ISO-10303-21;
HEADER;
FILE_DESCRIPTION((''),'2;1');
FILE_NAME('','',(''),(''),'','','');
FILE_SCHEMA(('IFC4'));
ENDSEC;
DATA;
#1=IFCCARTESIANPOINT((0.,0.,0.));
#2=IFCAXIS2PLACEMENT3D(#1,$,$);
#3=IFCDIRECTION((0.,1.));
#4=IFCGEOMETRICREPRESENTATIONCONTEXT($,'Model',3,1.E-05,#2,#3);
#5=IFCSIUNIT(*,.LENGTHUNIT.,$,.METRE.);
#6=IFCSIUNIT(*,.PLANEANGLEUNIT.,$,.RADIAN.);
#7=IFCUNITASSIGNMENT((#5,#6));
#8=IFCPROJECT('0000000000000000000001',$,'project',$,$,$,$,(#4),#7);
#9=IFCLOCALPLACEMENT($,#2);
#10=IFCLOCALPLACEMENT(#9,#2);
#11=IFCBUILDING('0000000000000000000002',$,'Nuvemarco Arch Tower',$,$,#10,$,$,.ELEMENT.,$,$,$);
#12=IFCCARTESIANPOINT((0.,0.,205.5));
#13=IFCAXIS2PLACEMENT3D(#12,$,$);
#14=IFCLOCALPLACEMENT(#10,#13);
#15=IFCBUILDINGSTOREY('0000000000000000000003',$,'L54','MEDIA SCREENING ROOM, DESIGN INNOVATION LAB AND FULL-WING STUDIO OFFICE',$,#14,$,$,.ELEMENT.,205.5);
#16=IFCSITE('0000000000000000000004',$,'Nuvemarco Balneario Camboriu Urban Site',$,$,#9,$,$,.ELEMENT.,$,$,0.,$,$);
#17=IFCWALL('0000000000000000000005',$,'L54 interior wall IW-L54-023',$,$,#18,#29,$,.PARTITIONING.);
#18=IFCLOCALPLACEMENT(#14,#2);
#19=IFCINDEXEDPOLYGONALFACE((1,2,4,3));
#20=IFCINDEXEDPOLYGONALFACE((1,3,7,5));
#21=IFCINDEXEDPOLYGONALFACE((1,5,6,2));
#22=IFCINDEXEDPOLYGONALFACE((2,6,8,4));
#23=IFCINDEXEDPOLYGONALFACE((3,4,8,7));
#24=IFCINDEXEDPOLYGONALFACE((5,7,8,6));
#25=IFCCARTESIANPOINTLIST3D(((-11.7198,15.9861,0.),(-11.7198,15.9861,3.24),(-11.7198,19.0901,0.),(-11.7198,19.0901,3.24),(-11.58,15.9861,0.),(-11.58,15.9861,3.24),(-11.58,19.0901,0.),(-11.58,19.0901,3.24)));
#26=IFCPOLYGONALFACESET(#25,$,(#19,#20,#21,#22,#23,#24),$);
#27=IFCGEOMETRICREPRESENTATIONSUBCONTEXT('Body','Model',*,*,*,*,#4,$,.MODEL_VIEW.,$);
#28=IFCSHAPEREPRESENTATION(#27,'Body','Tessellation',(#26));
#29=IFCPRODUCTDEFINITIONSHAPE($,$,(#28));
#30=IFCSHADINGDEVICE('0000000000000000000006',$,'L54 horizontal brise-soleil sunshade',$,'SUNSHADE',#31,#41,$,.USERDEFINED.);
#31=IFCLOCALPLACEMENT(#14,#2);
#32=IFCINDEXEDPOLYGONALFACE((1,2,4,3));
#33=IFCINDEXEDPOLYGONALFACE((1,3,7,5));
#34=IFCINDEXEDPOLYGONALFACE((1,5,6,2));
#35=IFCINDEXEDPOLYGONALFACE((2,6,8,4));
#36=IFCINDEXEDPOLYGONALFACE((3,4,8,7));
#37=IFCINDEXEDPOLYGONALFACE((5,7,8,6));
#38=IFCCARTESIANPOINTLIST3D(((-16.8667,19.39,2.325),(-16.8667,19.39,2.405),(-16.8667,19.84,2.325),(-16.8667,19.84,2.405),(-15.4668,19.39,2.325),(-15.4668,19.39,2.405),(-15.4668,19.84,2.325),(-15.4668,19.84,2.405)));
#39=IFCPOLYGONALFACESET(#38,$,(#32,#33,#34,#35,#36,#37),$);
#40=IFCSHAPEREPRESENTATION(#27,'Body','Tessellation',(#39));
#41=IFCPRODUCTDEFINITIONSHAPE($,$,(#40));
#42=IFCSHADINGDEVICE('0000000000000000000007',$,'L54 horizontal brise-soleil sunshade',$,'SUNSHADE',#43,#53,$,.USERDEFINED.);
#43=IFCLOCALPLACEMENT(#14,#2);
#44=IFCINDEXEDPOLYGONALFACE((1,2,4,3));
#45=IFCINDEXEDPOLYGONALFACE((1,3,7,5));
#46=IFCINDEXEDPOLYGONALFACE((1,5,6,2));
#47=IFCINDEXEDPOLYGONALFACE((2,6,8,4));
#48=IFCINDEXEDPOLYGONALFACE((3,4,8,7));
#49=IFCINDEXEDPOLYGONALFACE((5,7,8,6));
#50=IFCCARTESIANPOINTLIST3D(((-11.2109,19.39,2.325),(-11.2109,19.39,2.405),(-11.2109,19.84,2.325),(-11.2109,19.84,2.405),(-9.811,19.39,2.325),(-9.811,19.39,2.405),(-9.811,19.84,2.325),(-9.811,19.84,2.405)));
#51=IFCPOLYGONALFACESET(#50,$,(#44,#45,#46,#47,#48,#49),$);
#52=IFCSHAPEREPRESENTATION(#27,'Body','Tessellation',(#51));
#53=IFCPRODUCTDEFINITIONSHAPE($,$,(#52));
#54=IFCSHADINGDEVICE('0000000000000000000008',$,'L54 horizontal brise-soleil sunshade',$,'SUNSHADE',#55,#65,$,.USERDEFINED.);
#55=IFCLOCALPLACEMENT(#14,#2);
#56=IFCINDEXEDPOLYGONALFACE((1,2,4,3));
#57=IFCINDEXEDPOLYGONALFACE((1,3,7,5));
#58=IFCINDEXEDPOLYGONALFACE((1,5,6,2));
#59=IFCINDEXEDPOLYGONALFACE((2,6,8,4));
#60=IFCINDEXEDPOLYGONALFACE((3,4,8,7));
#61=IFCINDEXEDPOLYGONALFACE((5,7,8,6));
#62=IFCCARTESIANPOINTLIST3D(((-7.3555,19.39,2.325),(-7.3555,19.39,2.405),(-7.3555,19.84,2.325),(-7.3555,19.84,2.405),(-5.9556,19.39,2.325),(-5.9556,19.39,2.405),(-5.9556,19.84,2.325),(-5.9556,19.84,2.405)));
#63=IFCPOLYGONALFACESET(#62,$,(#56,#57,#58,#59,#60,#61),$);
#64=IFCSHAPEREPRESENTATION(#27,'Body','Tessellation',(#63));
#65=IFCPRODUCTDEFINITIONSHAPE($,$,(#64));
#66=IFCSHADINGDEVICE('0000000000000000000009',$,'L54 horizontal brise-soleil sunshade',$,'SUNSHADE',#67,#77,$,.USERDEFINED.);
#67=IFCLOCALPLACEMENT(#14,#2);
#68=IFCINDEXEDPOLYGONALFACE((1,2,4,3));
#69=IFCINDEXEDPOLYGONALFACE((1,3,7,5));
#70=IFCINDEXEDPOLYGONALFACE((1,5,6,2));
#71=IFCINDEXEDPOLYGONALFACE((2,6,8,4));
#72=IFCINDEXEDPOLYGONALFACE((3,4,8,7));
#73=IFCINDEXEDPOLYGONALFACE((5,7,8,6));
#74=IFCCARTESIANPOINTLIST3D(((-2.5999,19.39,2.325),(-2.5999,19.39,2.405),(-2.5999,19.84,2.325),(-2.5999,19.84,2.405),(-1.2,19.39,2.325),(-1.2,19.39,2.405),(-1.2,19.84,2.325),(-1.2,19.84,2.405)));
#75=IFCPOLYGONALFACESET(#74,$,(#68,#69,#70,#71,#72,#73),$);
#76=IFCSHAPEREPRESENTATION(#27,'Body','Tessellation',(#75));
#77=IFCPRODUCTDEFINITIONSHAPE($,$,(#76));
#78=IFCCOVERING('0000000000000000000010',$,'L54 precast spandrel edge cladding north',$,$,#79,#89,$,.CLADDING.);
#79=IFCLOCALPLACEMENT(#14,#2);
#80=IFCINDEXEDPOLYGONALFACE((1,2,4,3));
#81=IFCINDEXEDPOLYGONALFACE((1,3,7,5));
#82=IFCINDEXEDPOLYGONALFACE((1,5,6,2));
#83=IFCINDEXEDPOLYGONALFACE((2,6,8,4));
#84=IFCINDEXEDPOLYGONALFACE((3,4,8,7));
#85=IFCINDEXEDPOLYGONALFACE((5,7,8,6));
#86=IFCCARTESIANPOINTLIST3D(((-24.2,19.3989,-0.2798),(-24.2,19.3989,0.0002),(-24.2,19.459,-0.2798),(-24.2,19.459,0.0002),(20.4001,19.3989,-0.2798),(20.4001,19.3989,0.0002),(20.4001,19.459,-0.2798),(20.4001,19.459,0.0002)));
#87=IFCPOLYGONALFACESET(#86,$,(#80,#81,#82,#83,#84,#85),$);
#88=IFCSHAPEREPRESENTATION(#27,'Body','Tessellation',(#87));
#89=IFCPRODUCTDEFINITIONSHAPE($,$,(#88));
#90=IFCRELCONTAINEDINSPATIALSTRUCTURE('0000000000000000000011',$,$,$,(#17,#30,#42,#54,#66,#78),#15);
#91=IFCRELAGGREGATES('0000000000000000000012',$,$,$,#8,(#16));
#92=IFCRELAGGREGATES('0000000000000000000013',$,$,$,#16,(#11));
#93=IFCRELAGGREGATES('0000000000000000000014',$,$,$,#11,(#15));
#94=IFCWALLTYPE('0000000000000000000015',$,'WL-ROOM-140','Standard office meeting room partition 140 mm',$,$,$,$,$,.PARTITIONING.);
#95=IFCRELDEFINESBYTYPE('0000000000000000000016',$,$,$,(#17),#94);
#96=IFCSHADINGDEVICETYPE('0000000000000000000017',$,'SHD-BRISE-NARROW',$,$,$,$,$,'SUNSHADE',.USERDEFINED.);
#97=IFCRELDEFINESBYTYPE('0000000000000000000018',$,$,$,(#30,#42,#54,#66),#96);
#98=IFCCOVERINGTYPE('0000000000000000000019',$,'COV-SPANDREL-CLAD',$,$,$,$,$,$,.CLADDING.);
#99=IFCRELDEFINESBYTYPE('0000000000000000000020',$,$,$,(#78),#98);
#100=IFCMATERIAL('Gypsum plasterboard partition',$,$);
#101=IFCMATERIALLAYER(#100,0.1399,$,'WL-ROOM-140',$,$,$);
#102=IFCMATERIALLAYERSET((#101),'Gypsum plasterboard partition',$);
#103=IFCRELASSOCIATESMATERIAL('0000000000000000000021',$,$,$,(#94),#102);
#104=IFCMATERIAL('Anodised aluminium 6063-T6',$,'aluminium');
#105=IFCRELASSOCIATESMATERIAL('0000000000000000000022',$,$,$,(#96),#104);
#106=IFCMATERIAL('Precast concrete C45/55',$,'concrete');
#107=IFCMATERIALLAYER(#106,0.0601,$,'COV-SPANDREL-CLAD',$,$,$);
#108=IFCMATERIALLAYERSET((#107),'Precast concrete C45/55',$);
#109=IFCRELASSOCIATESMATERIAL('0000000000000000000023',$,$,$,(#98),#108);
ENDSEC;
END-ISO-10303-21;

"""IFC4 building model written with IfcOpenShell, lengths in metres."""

from ifc_helpers import new_model, si_unit, direction, frame, frame_2d, origin, origin_2d, place, context, subcontext, project, spatial, rectangle, extrude, source, transform, mapped, material, layer, layer_set, type_object, type_shapes, element, save


model = new_model("IFC4")

# Units and contexts
model_context = context("Model", 3, precision=1e-05, world=origin(), true_north=direction((0.0, 1.0)))
body_context = subcontext(model_context, "Body", "Model", "MODEL_VIEW")
ifc_project = project(units=[si_unit("LENGTHUNIT", "METRE"), si_unit("PLANEANGLEUNIT", "RADIAN")], contexts=[model_context])

# Site, building, storey
site_placement = place(None, origin())
site = spatial("IfcSite", under=ifc_project, at=site_placement, Name="Nuvemarco Balneario Camboriu Urban Site", CompositionType="ELEMENT", RefElevation=0.0)
building_placement = place(site_placement, origin())
building = spatial("IfcBuilding", under=site, at=building_placement, Name="Nuvemarco Arch Tower", CompositionType="ELEMENT")
storey_placement = place(building_placement, frame((0.0, 0.0, 205.5)))
storey = spatial("IfcBuildingStorey", under=building, at=storey_placement, Name="L54", Description="MEDIA SCREENING ROOM, DESIGN INNOVATION LAB AND FULL-WING STUDIO OFFICE", CompositionType="ELEMENT", Elevation=205.5)

# Shared definitions
ifc_material_1 = material(Name="Precast concrete C45/55", Category="concrete")

# Wall
ifc_material_2 = material(Name="Gypsum plasterboard partition")
ifc_layer_1 = layer(ifc_material_2, 0.1399, Name="WL-ROOM-140")
ifc_layer_set_1 = layer_set([ifc_layer_1], Name="Gypsum plasterboard partition")
wall_type_1 = type_object("IfcWallType", Name="WL-ROOM-140", Description="Standard office meeting room partition 140 mm", PredefinedType="PARTITIONING", material=ifc_layer_set_1)
wall_1_placement = place(storey_placement, frame((-11.6499, 15.9861, 0.0), z_axis=(0.0, 0.0, 1.0), x_axis=(0.0, 1.0, 0.0)))
element("IfcWall", 1, at=wall_1_placement, inside=storey, type_object=wall_type_1, Name="L54 interior wall IW-L54-023", PredefinedType="PARTITIONING", context=body_context, shape_type="SweptSolid", body=[
    extrude(rectangle(XDim=3.104, YDim=0.1399, at=frame_2d((1.552, 0.0))), origin(), (0.0, 0.0, 1.0), 3.24),
])

# Shading devices
ifc_material_3 = material(Name="Anodised aluminium 6063-T6", Category="aluminium")
shading_device_type = type_object("IfcShadingDeviceType", Name="SHD-BRISE-NARROW", ElementType="SUNSHADE", PredefinedType="USERDEFINED", material=ifc_material_3)
shared_shape_1 = source(origin(), body_context, "Body", "SweptSolid", [
    extrude(rectangle(XDim=1.3999, YDim=0.45, at=origin_2d()), origin(), (0.0, 0.0, 1.0), 0.0801),
])
type_shapes(shading_device_type, [shared_shape_1])
for number, where, z_axis, x_axis, name in (
    (2, (-16.1667, 19.615, 2.325), (0.0, 0.0, 1.0), (1.0, 0.0, 0.0), "L54 horizontal brise-soleil sunshade"),
    (3, (-10.511, 19.615, 2.325), (0.0, 0.0, 1.0), (1.0, 0.0, 0.0), "L54 horizontal brise-soleil sunshade"),
    (4, (-6.6555, 19.615, 2.325), (0.0, 0.0, 1.0), (1.0, 0.0, 0.0), "L54 horizontal brise-soleil sunshade"),
    (5, (-1.8999, 19.615, 2.325), (0.0, 0.0, 1.0), (1.0, 0.0, 0.0), "L54 horizontal brise-soleil sunshade"),
):
    element("IfcShadingDevice", number, at=place(storey_placement, frame(where, z_axis=z_axis, x_axis=x_axis)), inside=storey, type_object=shading_device_type, Name=name, ObjectType="SUNSHADE", PredefinedType="USERDEFINED", context=body_context, shape_type="MappedRepresentation", body=[
        mapped(shared_shape_1, transform((0.0, 0.0, 0.0), scale=1.0)),
    ])

# Covering
ifc_layer_2 = layer(ifc_material_1, 0.0601, Name="COV-SPANDREL-CLAD")
ifc_layer_set_2 = layer_set([ifc_layer_2], Name="Precast concrete C45/55")
covering_type = type_object("IfcCoveringType", Name="COV-SPANDREL-CLAD", PredefinedType="CLADDING", material=ifc_layer_set_2)
shared_shape_2 = source(origin(), body_context, "Body", "SweptSolid", [
    extrude(rectangle(XDim=44.6001, YDim=0.0601, at=origin_2d()), origin(), (0.0, 0.0, 1.0), 0.28),
])
type_shapes(covering_type, [shared_shape_2])
covering_placement = place(storey_placement, frame((-1.8999, 19.429, -0.2798), z_axis=(0.0, 0.0, 1.0), x_axis=(1.0, 0.0, 0.0)))
element("IfcCovering", 6, at=covering_placement, inside=storey, type_object=covering_type, Name="L54 precast spandrel edge cladding north", PredefinedType="CLADDING", context=body_context, shape_type="MappedRepresentation", body=[
    mapped(shared_shape_2, transform((0.0, 0.0, 0.0), scale=1.0)),
])

save(model, "model.ifc")
